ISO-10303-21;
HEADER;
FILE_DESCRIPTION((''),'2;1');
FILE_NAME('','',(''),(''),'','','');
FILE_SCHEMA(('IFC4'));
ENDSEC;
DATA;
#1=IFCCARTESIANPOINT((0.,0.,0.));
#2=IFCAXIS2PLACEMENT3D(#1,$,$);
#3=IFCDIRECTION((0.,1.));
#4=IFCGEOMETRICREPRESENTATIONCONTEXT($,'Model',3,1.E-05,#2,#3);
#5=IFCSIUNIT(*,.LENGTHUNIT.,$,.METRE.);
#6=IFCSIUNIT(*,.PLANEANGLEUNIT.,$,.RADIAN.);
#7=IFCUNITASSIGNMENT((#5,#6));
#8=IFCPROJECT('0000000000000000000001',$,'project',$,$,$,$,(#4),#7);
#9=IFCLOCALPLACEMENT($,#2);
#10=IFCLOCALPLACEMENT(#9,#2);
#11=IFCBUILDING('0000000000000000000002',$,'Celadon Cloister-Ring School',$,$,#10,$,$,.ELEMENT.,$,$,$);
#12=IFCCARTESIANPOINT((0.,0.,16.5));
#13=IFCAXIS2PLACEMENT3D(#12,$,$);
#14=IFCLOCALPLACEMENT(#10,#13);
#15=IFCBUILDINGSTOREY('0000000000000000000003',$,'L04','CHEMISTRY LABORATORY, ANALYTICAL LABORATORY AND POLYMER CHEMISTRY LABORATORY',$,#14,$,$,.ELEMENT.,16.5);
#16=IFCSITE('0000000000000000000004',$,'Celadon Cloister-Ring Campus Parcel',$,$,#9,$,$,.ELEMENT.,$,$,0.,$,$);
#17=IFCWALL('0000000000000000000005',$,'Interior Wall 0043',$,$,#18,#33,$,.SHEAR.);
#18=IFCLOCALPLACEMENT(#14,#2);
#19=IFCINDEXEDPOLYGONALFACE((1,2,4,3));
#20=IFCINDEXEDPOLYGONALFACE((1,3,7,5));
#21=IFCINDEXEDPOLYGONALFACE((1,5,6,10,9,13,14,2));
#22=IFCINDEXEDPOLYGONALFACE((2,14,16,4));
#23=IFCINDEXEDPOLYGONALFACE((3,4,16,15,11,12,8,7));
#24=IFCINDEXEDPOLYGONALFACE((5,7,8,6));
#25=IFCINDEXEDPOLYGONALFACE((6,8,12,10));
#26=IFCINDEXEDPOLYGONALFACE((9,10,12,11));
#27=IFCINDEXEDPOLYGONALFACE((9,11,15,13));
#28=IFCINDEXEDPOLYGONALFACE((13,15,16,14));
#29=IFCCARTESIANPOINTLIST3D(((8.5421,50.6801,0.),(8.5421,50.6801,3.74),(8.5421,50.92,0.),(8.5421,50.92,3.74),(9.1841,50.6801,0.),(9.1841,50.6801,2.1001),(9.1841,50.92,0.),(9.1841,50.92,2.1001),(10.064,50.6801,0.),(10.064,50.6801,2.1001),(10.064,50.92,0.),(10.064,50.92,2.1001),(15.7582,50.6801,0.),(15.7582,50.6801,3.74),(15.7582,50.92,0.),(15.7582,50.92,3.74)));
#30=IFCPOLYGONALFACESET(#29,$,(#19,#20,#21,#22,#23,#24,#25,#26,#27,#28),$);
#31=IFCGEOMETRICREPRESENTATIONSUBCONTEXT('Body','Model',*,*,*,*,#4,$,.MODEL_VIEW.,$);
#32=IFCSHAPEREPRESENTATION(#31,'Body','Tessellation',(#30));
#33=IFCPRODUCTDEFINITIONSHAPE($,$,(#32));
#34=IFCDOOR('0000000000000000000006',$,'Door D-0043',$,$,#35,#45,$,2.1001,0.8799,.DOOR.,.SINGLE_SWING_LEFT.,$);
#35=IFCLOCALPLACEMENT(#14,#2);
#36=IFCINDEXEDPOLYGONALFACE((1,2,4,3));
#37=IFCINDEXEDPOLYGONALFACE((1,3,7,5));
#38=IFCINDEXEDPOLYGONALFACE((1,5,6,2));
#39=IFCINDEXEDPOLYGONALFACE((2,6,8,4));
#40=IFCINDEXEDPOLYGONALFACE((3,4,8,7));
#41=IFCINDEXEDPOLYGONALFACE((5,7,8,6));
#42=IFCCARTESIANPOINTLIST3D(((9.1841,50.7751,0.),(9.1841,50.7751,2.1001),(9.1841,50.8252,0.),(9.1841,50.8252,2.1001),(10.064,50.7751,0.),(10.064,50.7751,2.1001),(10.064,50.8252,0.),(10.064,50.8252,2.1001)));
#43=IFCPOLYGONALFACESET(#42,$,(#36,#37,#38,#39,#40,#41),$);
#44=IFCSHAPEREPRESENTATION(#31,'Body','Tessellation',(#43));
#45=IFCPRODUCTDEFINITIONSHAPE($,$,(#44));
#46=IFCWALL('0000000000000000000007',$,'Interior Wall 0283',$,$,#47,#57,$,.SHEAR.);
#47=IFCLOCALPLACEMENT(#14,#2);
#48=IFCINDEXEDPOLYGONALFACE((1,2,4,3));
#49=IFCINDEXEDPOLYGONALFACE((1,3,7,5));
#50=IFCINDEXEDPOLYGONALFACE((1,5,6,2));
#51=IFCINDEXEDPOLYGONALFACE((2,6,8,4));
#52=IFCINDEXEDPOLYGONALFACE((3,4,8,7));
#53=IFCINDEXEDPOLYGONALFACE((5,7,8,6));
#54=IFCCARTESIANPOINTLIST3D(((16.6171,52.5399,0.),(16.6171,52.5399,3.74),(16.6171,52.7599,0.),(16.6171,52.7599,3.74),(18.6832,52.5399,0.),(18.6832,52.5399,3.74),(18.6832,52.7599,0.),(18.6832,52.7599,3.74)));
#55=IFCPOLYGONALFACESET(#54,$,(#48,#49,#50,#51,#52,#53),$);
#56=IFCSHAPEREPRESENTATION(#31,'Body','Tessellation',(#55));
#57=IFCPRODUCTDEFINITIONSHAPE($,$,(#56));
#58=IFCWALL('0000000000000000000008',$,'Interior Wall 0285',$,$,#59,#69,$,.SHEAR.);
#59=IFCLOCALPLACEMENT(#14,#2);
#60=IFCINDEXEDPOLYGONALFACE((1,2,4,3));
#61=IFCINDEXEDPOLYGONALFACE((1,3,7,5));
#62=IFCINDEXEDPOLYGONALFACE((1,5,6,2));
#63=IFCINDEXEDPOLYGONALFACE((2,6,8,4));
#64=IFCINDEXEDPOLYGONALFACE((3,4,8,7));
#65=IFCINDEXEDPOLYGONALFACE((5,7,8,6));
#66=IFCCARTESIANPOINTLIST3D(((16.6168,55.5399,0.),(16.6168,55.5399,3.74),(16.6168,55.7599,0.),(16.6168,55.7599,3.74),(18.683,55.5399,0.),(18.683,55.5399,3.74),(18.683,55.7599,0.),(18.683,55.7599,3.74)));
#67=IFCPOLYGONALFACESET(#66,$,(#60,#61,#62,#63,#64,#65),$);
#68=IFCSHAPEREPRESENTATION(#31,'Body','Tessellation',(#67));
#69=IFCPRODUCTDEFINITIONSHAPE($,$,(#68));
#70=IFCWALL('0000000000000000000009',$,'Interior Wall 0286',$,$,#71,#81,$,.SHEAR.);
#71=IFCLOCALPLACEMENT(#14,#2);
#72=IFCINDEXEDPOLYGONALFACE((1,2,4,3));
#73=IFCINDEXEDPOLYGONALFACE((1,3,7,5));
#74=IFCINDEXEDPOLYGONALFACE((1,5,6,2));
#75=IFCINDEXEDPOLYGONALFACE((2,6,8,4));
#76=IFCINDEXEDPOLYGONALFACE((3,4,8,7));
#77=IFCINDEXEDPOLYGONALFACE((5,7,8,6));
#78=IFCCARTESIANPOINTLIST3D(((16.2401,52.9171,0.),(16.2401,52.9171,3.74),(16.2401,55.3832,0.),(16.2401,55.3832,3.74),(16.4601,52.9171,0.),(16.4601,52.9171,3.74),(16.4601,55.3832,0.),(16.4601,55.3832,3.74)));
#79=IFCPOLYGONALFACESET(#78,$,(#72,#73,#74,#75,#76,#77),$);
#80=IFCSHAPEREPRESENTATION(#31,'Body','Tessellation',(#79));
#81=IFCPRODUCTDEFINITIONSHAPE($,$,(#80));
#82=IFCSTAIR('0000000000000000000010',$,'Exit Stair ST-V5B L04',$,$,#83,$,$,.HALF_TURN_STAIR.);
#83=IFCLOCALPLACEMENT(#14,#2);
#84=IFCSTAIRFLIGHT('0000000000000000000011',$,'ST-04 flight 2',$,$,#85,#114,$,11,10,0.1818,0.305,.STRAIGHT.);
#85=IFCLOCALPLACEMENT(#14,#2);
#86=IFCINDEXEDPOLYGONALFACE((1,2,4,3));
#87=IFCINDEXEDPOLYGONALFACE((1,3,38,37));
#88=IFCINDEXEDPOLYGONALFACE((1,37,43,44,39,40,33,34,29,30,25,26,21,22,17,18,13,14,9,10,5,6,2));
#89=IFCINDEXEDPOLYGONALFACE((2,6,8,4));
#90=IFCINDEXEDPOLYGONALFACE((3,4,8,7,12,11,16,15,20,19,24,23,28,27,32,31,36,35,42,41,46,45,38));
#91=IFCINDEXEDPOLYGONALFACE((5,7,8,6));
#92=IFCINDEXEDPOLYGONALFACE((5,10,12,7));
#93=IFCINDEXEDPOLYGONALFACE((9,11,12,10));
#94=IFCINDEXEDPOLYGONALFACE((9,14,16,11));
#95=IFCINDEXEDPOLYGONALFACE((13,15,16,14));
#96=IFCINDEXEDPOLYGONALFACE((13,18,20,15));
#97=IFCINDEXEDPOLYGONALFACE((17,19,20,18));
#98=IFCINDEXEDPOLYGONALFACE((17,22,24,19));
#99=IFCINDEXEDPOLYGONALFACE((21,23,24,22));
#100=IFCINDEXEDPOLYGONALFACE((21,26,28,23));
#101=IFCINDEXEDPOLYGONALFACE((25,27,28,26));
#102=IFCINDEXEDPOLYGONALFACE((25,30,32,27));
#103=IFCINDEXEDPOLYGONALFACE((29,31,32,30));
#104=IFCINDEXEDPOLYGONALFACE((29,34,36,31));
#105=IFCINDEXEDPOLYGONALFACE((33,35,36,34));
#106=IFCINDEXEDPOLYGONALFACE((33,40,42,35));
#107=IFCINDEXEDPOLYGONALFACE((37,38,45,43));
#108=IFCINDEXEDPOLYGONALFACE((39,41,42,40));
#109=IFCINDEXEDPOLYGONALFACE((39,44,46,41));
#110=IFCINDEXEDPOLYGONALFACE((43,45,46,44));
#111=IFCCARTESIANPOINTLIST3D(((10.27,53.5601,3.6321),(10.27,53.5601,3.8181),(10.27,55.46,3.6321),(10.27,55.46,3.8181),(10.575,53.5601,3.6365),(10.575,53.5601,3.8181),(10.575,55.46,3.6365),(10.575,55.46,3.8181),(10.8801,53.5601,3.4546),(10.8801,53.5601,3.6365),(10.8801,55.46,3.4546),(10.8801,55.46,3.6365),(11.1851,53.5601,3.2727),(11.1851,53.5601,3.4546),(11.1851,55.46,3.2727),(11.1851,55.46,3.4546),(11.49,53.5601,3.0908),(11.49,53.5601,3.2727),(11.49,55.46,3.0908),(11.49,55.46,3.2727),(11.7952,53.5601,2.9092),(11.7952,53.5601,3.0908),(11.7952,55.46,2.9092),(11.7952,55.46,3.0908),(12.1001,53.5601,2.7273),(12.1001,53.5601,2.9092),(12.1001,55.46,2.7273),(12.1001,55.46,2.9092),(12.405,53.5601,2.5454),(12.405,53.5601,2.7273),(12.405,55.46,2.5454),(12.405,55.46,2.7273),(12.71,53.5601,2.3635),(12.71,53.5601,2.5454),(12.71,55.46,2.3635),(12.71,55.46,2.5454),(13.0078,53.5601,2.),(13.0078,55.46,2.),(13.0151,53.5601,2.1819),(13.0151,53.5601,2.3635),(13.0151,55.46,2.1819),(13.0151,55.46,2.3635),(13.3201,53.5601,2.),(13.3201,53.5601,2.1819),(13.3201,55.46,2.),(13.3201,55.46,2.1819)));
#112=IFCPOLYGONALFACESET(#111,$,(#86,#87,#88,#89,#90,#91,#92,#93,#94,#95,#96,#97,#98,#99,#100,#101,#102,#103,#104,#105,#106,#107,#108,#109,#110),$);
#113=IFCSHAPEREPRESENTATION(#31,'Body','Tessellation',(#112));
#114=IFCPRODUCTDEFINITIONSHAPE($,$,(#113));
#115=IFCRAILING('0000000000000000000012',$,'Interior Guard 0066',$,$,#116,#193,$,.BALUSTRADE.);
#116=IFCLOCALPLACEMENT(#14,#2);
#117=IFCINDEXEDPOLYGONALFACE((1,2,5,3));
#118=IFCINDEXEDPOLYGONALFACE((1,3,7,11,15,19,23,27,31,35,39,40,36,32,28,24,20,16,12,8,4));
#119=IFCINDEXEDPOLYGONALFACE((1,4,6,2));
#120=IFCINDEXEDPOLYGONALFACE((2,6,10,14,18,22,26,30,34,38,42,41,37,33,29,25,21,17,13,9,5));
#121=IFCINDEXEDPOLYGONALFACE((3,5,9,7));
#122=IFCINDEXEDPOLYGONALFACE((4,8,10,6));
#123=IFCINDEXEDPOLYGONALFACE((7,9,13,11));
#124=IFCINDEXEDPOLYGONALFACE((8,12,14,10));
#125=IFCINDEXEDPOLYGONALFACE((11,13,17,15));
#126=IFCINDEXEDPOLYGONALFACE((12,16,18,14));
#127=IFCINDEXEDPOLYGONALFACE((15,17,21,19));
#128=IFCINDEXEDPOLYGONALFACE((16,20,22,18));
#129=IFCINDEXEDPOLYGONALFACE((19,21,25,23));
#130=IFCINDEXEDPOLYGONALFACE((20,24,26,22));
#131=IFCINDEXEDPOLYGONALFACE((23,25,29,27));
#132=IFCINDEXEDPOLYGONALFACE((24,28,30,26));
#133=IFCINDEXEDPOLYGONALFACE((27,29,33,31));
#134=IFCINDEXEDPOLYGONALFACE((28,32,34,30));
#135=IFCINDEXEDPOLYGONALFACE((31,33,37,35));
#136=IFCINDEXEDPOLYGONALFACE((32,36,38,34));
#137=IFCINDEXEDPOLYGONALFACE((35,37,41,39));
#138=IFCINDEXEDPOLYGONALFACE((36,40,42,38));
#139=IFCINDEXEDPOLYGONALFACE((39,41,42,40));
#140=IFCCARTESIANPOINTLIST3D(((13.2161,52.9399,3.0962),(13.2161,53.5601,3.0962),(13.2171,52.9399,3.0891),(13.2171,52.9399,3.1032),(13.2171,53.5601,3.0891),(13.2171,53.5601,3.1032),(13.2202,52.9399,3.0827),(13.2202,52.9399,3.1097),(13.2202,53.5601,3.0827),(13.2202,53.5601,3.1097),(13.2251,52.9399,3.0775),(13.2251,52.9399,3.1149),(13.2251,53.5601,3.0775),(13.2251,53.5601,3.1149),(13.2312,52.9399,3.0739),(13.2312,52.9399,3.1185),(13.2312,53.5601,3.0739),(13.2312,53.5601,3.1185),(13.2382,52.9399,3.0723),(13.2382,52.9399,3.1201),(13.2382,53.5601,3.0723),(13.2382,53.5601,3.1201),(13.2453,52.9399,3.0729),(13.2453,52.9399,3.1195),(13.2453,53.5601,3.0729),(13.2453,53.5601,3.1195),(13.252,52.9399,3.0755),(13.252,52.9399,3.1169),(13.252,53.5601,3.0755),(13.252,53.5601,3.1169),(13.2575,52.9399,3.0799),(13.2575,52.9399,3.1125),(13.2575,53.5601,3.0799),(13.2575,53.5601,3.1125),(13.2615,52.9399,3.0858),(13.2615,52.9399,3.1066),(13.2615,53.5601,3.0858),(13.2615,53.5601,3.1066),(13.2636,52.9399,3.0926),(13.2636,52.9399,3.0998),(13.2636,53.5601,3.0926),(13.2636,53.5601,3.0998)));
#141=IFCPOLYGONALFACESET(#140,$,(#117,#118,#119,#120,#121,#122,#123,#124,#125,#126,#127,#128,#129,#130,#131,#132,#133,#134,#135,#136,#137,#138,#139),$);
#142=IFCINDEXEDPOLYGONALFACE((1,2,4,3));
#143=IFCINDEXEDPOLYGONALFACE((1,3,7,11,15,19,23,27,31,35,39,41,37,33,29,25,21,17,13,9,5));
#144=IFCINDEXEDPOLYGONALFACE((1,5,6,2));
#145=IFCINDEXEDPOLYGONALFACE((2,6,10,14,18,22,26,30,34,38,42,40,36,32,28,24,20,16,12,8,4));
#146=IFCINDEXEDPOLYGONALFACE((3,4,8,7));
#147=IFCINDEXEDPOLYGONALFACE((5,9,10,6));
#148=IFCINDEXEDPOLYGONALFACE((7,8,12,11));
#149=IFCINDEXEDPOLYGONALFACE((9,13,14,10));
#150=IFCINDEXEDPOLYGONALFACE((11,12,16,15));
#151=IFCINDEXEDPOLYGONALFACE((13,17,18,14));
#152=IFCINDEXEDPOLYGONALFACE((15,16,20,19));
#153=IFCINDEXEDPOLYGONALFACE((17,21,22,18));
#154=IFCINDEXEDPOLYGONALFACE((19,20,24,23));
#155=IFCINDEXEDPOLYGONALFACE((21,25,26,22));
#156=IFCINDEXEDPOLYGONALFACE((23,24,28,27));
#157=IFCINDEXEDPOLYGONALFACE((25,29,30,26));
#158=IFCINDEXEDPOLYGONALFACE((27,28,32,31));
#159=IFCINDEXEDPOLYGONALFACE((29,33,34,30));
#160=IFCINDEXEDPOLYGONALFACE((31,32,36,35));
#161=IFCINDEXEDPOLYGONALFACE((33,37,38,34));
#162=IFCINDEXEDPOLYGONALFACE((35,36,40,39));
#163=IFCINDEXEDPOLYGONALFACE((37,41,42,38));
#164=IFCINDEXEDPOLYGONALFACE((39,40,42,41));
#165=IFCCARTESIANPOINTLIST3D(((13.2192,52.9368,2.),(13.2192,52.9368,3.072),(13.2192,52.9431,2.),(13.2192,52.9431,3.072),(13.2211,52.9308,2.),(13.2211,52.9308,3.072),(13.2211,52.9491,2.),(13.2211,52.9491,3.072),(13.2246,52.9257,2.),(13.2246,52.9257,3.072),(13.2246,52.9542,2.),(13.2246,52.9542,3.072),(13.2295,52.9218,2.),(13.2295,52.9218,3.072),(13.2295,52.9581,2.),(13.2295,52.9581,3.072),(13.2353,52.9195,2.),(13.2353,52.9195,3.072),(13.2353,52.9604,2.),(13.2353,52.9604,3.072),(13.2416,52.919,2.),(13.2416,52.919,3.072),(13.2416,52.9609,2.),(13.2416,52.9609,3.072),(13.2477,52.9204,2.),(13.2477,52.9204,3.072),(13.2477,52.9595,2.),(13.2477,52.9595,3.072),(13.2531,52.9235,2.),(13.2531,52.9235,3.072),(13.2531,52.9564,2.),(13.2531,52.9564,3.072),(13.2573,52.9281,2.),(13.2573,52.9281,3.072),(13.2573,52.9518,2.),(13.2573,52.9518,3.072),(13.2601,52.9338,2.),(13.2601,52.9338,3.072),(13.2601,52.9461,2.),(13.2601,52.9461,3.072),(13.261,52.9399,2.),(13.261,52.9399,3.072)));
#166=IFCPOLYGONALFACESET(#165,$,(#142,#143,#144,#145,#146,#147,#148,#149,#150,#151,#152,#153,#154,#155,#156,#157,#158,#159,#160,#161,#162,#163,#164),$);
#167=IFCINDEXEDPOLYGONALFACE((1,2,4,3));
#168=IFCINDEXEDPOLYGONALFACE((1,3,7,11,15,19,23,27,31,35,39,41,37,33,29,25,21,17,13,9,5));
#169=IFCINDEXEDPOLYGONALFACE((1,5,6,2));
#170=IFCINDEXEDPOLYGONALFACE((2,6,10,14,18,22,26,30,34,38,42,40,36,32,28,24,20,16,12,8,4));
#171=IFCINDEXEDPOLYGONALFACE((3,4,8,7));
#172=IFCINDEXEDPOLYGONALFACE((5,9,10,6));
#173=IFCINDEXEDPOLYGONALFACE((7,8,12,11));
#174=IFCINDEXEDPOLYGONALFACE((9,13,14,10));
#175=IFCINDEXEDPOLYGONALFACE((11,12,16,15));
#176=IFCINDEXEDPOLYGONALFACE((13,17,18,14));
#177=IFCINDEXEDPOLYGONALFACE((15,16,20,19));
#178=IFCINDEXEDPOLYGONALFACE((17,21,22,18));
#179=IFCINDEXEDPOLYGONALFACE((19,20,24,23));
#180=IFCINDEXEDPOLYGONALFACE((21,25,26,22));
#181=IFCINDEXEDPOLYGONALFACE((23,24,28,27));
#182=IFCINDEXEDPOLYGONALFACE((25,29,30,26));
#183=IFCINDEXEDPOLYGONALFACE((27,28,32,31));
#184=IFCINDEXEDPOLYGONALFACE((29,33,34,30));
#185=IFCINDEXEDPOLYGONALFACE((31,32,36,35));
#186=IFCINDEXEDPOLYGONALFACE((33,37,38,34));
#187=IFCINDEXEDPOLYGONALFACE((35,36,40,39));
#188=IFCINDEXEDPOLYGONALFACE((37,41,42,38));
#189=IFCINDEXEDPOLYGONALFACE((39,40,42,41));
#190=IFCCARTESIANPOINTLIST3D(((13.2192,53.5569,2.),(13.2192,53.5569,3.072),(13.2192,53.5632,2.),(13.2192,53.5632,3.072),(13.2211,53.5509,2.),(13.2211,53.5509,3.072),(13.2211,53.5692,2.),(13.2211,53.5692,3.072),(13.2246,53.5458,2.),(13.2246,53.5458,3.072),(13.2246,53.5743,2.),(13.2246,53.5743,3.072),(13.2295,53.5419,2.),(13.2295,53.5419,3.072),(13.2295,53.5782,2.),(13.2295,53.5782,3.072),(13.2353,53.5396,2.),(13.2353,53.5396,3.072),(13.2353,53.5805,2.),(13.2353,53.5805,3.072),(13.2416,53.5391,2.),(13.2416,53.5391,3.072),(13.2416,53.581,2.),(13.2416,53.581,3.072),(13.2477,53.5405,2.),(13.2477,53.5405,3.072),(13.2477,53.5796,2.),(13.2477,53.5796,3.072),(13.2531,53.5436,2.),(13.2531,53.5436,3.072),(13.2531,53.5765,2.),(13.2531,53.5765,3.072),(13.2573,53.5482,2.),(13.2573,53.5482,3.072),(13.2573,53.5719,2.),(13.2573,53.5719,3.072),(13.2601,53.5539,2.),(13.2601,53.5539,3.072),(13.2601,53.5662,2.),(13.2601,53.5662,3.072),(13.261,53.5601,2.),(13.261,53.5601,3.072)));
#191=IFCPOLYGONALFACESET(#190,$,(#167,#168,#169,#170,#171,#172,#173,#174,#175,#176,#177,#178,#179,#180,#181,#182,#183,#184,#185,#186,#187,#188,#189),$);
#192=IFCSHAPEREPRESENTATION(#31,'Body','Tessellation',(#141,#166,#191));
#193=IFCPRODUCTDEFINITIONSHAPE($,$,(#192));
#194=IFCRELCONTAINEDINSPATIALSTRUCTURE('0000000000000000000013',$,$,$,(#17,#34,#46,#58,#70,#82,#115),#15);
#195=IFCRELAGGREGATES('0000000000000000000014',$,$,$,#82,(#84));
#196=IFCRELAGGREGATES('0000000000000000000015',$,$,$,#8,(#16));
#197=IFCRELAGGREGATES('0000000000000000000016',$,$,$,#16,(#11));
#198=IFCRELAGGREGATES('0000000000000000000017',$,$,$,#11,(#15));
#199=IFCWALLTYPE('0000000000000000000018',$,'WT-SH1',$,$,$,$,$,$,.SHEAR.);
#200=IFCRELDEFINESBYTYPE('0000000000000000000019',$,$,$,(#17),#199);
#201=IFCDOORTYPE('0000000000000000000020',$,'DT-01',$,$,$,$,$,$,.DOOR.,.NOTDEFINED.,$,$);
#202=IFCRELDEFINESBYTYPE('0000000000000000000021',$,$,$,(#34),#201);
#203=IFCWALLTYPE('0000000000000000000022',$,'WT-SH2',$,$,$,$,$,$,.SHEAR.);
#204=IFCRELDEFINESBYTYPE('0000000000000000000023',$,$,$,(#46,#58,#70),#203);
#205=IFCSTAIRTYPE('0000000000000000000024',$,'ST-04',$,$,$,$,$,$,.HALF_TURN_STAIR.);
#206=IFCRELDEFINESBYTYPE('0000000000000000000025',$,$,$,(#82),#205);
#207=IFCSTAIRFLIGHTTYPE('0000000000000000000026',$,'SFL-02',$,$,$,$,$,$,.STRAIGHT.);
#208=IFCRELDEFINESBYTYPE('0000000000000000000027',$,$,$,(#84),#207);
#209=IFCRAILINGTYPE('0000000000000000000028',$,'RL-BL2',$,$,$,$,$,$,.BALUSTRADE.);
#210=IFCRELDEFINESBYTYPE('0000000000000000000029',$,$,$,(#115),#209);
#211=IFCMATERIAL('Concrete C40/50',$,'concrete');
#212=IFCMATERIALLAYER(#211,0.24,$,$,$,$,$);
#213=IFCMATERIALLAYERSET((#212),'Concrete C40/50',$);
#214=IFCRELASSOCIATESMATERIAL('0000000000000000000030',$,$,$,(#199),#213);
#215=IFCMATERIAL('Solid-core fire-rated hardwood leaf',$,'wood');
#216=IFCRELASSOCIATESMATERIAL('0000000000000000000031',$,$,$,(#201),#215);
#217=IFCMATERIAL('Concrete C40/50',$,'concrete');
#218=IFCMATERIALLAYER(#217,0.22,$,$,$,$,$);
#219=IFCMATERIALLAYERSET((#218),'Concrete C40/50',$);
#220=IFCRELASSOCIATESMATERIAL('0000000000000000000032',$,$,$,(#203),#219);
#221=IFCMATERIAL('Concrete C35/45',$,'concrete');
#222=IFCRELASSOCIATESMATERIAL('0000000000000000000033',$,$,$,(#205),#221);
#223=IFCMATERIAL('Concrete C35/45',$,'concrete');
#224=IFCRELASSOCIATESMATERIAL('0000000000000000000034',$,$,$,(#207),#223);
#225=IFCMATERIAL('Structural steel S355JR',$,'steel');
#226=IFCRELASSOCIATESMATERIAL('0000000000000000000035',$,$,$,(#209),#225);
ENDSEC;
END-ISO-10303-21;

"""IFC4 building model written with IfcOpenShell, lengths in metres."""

from ifc_helpers import new_model, si_unit, direction, frame, frame_2d, origin, origin_2d, place, context, subcontext, project, spatial, polyline, rectangle, circle, outline, extrude, material, layer, layer_set, type_object, element, fill, aggregate, save


model = new_model("IFC4")

# Units and contexts
model_context = context("Model", 3, precision=1e-05, world=origin(), true_north=direction((0.0, 1.0)))
body_context = subcontext(model_context, "Body", "Model", "MODEL_VIEW")
ifc_project = project(units=[si_unit("LENGTHUNIT", "METRE"), si_unit("PLANEANGLEUNIT", "RADIAN")], contexts=[model_context])

# Site, building, storey
site_placement = place(None, origin())
site = spatial("IfcSite", under=ifc_project, at=site_placement, Name="Celadon Cloister-Ring Campus Parcel", CompositionType="ELEMENT", RefElevation=0.0)
building_placement = place(site_placement, origin())
building = spatial("IfcBuilding", under=site, at=building_placement, Name="Celadon Cloister-Ring School", CompositionType="ELEMENT")
storey_placement = place(building_placement, frame((0.0, 0.0, 16.5)))
storey = spatial("IfcBuildingStorey", under=building, at=storey_placement, Name="L04", Description="CHEMISTRY LABORATORY, ANALYTICAL LABORATORY AND POLYMER CHEMISTRY LABORATORY", CompositionType="ELEMENT", Elevation=16.5)

# Wall, opening, door
ifc_material_1 = material(Name="Concrete C40/50", Category="concrete")
ifc_layer_1 = layer(ifc_material_1, 0.24)
ifc_layer_set_1 = layer_set([ifc_layer_1], Name="Concrete C40/50")
wall_type_1 = type_object("IfcWallType", Name="WT-SH1", PredefinedType="SHEAR", material=ifc_layer_set_1)
wall_1_placement = place(storey_placement, frame((15.7581, 50.8, 0.0), z_axis=(0.0, 0.0, 1.0), x_axis=(-1.0, 0.0, 0.0)))
wall_1 = element("IfcWall", 1, at=wall_1_placement, inside=storey, type_object=wall_type_1, Name="Interior Wall 0043", PredefinedType="SHEAR", context=body_context, shape_type="SweptSolid", body=[
    extrude(rectangle(XDim=7.2161, YDim=0.24, at=frame_2d((3.6079, 0.0))), origin(), (0.0, 0.0, 1.0), 3.74),
])
opening_1_placement = place(wall_1_placement, frame((5.6941, 0.0, 0.0)))
opening_1 = element("IfcOpeningElement", 2, at=opening_1_placement, cuts=wall_1, PredefinedType="OPENING", context=body_context, shape_type="SweptSolid", body=[
    extrude(rectangle(XDim=0.8799, YDim=2.1001, at=frame_2d((0.4399, 1.05))), frame((0.0, 0.1299, 0.0), z_axis=(0.0, -1.0, 0.0), x_axis=(1.0, 0.0, 0.0)), (0.0, 0.0, 1.0), 0.26),
])
ifc_material_2 = material(Name="Solid-core fire-rated hardwood leaf", Category="wood")
door_type_1 = type_object("IfcDoorType", Name="DT-01", OperationType="NOTDEFINED", PredefinedType="DOOR", material=ifc_material_2)
door_1_placement = place(opening_1_placement, origin())
door_1 = element("IfcDoor", 3, at=door_1_placement, inside=storey, type_object=door_type_1, Name="Door D-0043", OperationType="SINGLE_SWING_LEFT", OverallHeight=2.1001, OverallWidth=0.8799, PredefinedType="DOOR", context=body_context, shape_type="SweptSolid", body=[
    extrude(rectangle(XDim=0.8799, YDim=2.1001, at=frame_2d((0.4399, 1.05))), frame((0.0, 0.0249, 0.0), z_axis=(0.0, -1.0, 0.0), x_axis=(1.0, 0.0, 0.0)), (0.0, 0.0, 1.0), 0.05),
])
fill(opening_1, door_1)

# Wall
ifc_material_3 = material(Name="Concrete C40/50", Category="concrete")
ifc_layer_2 = layer(ifc_material_3, 0.22)
ifc_layer_set_2 = layer_set([ifc_layer_2], Name="Concrete C40/50")
wall_type_2 = type_object("IfcWallType", Name="WT-SH2", PredefinedType="SHEAR", material=ifc_layer_set_2)
wall_2_placement = place(storey_placement, frame((16.6169, 52.6499, 0.0), z_axis=(0.0, 0.0, 1.0), x_axis=(1.0, 0.0, 0.0)))
element("IfcWall", 4, at=wall_2_placement, inside=storey, type_object=wall_type_2, Name="Interior Wall 0283", PredefinedType="SHEAR", context=body_context, shape_type="SweptSolid", body=[
    extrude(rectangle(XDim=2.0662, YDim=0.22, at=frame_2d((1.0332, 0.0))), origin(), (0.0, 0.0, 1.0), 3.74),
])

# Walls
wall_3_placement = place(storey_placement, frame((18.6831, 55.6499, 0.0), z_axis=(0.0, 0.0, 1.0), x_axis=(-1.0, 0.0, 0.0)))
element("IfcWall", 5, at=wall_3_placement, inside=storey, type_object=wall_type_2, Name="Interior Wall 0285", PredefinedType="SHEAR", context=body_context, shape_type="SweptSolid", body=[
    extrude(rectangle(XDim=2.0662, YDim=0.22, at=frame_2d((1.0332, 0.0))), origin(), (0.0, 0.0, 1.0), 3.74),
])
wall_4_placement = place(storey_placement, frame((16.3501, 55.3831, 0.0), z_axis=(0.0, 0.0, 1.0), x_axis=(0.0, -1.0, 0.0)))
element("IfcWall", 6, at=wall_4_placement, inside=storey, type_object=wall_type_2, Name="Interior Wall 0286", PredefinedType="SHEAR", context=body_context, shape_type="SweptSolid", body=[
    extrude(rectangle(XDim=2.4661, YDim=0.22, at=frame_2d((1.2329, 0.0))), origin(), (0.0, 0.0, 1.0), 3.74),
])

# Stair, stair flight
ifc_material_4 = material(Name="Concrete C35/45", Category="concrete")
stair_type = type_object("IfcStairType", Name="ST-04", PredefinedType="HALF_TURN_STAIR", material=ifc_material_4)
stair_placement = place(storey_placement, origin())
stair = element("IfcStair", 7, at=stair_placement, inside=storey, type_object=stair_type, Name="Exit Stair ST-V5B L04", PredefinedType="HALF_TURN_STAIR")
ifc_material_5 = material(Name="Concrete C35/45", Category="concrete")
stair_flight_type = type_object("IfcStairFlightType", Name="SFL-02", PredefinedType="STRAIGHT", material=ifc_material_5)
stair_flight_placement = place(storey_placement, frame((13.3201, 54.51, 2.0), z_axis=(0.0, 0.0, 1.0), x_axis=(-1.0, 0.0, 0.0)))
stair_flight = element("IfcStairFlight", 8, at=stair_flight_placement, type_object=stair_flight_type, Name="ST-04 flight 2", NumberOfRisers=11, NumberOfTreads=10, PredefinedType="STRAIGHT", RiserHeight=0.1818, TreadLength=0.305, context=body_context, shape_type="SweptSolid", body=[
    extrude(outline(polyline([(0.0, 0.0), (0.0, 0.1819), (0.3049, 0.1819), (0.3049, 0.3635), (0.6101, 0.3635), (0.6101, 0.5454), (0.915, 0.5454), (0.915, 0.7273), (1.22, 0.7273), (1.22, 0.9092), (1.5249, 0.9092), (1.5249, 1.0908), (1.8301, 1.0908), (1.8301, 1.2727), (2.135, 1.2727), (2.135, 1.4546), (2.4399, 1.4546), (2.4399, 1.6365), (2.7451, 1.6365), (2.7451, 1.8181), (3.05, 1.8181), (3.05, 2.0), (3.05, 1.6321), (0.3123, 0.0), (0.0, 0.0)])), frame((0.0, 0.95, 0.0), z_axis=(0.0, -1.0, 0.0), x_axis=(1.0, 0.0, 0.0)), (0.0, 0.0, 1.0), 1.8999),
])
aggregate(stair, [stair_flight])

# Railing
ifc_material_6 = material(Name="Structural steel S355JR", Category="steel")
railing_type_1 = type_object("IfcRailingType", Name="RL-BL2", PredefinedType="BALUSTRADE", material=ifc_material_6)
railing_placement = place(storey_placement, frame((13.24, 52.9399, 2.0)))
element("IfcRailing", 9, at=railing_placement, inside=storey, type_object=railing_type_1, Name="Interior Guard 0066", PredefinedType="BALUSTRADE", context=body_context, shape_type="SweptSolid", body=[
    extrude(circle(Radius=0.0239, at=origin_2d()), frame((0.0, 0.0, 1.0962), z_axis=(0.0, 1.0, 0.0), x_axis=(-1.0, 0.0, 0.0)), (0.0, 0.0, 1.0), 0.6201),
    extrude(circle(Radius=0.021, at=origin_2d()), origin(), (0.0, 0.0, 1.0), 1.072),
    extrude(circle(Radius=0.021, at=origin_2d()), frame((0.0, 0.6201, 0.0)), (0.0, 0.0, 1.0), 1.072),
])

save(model, "model.ifc")
